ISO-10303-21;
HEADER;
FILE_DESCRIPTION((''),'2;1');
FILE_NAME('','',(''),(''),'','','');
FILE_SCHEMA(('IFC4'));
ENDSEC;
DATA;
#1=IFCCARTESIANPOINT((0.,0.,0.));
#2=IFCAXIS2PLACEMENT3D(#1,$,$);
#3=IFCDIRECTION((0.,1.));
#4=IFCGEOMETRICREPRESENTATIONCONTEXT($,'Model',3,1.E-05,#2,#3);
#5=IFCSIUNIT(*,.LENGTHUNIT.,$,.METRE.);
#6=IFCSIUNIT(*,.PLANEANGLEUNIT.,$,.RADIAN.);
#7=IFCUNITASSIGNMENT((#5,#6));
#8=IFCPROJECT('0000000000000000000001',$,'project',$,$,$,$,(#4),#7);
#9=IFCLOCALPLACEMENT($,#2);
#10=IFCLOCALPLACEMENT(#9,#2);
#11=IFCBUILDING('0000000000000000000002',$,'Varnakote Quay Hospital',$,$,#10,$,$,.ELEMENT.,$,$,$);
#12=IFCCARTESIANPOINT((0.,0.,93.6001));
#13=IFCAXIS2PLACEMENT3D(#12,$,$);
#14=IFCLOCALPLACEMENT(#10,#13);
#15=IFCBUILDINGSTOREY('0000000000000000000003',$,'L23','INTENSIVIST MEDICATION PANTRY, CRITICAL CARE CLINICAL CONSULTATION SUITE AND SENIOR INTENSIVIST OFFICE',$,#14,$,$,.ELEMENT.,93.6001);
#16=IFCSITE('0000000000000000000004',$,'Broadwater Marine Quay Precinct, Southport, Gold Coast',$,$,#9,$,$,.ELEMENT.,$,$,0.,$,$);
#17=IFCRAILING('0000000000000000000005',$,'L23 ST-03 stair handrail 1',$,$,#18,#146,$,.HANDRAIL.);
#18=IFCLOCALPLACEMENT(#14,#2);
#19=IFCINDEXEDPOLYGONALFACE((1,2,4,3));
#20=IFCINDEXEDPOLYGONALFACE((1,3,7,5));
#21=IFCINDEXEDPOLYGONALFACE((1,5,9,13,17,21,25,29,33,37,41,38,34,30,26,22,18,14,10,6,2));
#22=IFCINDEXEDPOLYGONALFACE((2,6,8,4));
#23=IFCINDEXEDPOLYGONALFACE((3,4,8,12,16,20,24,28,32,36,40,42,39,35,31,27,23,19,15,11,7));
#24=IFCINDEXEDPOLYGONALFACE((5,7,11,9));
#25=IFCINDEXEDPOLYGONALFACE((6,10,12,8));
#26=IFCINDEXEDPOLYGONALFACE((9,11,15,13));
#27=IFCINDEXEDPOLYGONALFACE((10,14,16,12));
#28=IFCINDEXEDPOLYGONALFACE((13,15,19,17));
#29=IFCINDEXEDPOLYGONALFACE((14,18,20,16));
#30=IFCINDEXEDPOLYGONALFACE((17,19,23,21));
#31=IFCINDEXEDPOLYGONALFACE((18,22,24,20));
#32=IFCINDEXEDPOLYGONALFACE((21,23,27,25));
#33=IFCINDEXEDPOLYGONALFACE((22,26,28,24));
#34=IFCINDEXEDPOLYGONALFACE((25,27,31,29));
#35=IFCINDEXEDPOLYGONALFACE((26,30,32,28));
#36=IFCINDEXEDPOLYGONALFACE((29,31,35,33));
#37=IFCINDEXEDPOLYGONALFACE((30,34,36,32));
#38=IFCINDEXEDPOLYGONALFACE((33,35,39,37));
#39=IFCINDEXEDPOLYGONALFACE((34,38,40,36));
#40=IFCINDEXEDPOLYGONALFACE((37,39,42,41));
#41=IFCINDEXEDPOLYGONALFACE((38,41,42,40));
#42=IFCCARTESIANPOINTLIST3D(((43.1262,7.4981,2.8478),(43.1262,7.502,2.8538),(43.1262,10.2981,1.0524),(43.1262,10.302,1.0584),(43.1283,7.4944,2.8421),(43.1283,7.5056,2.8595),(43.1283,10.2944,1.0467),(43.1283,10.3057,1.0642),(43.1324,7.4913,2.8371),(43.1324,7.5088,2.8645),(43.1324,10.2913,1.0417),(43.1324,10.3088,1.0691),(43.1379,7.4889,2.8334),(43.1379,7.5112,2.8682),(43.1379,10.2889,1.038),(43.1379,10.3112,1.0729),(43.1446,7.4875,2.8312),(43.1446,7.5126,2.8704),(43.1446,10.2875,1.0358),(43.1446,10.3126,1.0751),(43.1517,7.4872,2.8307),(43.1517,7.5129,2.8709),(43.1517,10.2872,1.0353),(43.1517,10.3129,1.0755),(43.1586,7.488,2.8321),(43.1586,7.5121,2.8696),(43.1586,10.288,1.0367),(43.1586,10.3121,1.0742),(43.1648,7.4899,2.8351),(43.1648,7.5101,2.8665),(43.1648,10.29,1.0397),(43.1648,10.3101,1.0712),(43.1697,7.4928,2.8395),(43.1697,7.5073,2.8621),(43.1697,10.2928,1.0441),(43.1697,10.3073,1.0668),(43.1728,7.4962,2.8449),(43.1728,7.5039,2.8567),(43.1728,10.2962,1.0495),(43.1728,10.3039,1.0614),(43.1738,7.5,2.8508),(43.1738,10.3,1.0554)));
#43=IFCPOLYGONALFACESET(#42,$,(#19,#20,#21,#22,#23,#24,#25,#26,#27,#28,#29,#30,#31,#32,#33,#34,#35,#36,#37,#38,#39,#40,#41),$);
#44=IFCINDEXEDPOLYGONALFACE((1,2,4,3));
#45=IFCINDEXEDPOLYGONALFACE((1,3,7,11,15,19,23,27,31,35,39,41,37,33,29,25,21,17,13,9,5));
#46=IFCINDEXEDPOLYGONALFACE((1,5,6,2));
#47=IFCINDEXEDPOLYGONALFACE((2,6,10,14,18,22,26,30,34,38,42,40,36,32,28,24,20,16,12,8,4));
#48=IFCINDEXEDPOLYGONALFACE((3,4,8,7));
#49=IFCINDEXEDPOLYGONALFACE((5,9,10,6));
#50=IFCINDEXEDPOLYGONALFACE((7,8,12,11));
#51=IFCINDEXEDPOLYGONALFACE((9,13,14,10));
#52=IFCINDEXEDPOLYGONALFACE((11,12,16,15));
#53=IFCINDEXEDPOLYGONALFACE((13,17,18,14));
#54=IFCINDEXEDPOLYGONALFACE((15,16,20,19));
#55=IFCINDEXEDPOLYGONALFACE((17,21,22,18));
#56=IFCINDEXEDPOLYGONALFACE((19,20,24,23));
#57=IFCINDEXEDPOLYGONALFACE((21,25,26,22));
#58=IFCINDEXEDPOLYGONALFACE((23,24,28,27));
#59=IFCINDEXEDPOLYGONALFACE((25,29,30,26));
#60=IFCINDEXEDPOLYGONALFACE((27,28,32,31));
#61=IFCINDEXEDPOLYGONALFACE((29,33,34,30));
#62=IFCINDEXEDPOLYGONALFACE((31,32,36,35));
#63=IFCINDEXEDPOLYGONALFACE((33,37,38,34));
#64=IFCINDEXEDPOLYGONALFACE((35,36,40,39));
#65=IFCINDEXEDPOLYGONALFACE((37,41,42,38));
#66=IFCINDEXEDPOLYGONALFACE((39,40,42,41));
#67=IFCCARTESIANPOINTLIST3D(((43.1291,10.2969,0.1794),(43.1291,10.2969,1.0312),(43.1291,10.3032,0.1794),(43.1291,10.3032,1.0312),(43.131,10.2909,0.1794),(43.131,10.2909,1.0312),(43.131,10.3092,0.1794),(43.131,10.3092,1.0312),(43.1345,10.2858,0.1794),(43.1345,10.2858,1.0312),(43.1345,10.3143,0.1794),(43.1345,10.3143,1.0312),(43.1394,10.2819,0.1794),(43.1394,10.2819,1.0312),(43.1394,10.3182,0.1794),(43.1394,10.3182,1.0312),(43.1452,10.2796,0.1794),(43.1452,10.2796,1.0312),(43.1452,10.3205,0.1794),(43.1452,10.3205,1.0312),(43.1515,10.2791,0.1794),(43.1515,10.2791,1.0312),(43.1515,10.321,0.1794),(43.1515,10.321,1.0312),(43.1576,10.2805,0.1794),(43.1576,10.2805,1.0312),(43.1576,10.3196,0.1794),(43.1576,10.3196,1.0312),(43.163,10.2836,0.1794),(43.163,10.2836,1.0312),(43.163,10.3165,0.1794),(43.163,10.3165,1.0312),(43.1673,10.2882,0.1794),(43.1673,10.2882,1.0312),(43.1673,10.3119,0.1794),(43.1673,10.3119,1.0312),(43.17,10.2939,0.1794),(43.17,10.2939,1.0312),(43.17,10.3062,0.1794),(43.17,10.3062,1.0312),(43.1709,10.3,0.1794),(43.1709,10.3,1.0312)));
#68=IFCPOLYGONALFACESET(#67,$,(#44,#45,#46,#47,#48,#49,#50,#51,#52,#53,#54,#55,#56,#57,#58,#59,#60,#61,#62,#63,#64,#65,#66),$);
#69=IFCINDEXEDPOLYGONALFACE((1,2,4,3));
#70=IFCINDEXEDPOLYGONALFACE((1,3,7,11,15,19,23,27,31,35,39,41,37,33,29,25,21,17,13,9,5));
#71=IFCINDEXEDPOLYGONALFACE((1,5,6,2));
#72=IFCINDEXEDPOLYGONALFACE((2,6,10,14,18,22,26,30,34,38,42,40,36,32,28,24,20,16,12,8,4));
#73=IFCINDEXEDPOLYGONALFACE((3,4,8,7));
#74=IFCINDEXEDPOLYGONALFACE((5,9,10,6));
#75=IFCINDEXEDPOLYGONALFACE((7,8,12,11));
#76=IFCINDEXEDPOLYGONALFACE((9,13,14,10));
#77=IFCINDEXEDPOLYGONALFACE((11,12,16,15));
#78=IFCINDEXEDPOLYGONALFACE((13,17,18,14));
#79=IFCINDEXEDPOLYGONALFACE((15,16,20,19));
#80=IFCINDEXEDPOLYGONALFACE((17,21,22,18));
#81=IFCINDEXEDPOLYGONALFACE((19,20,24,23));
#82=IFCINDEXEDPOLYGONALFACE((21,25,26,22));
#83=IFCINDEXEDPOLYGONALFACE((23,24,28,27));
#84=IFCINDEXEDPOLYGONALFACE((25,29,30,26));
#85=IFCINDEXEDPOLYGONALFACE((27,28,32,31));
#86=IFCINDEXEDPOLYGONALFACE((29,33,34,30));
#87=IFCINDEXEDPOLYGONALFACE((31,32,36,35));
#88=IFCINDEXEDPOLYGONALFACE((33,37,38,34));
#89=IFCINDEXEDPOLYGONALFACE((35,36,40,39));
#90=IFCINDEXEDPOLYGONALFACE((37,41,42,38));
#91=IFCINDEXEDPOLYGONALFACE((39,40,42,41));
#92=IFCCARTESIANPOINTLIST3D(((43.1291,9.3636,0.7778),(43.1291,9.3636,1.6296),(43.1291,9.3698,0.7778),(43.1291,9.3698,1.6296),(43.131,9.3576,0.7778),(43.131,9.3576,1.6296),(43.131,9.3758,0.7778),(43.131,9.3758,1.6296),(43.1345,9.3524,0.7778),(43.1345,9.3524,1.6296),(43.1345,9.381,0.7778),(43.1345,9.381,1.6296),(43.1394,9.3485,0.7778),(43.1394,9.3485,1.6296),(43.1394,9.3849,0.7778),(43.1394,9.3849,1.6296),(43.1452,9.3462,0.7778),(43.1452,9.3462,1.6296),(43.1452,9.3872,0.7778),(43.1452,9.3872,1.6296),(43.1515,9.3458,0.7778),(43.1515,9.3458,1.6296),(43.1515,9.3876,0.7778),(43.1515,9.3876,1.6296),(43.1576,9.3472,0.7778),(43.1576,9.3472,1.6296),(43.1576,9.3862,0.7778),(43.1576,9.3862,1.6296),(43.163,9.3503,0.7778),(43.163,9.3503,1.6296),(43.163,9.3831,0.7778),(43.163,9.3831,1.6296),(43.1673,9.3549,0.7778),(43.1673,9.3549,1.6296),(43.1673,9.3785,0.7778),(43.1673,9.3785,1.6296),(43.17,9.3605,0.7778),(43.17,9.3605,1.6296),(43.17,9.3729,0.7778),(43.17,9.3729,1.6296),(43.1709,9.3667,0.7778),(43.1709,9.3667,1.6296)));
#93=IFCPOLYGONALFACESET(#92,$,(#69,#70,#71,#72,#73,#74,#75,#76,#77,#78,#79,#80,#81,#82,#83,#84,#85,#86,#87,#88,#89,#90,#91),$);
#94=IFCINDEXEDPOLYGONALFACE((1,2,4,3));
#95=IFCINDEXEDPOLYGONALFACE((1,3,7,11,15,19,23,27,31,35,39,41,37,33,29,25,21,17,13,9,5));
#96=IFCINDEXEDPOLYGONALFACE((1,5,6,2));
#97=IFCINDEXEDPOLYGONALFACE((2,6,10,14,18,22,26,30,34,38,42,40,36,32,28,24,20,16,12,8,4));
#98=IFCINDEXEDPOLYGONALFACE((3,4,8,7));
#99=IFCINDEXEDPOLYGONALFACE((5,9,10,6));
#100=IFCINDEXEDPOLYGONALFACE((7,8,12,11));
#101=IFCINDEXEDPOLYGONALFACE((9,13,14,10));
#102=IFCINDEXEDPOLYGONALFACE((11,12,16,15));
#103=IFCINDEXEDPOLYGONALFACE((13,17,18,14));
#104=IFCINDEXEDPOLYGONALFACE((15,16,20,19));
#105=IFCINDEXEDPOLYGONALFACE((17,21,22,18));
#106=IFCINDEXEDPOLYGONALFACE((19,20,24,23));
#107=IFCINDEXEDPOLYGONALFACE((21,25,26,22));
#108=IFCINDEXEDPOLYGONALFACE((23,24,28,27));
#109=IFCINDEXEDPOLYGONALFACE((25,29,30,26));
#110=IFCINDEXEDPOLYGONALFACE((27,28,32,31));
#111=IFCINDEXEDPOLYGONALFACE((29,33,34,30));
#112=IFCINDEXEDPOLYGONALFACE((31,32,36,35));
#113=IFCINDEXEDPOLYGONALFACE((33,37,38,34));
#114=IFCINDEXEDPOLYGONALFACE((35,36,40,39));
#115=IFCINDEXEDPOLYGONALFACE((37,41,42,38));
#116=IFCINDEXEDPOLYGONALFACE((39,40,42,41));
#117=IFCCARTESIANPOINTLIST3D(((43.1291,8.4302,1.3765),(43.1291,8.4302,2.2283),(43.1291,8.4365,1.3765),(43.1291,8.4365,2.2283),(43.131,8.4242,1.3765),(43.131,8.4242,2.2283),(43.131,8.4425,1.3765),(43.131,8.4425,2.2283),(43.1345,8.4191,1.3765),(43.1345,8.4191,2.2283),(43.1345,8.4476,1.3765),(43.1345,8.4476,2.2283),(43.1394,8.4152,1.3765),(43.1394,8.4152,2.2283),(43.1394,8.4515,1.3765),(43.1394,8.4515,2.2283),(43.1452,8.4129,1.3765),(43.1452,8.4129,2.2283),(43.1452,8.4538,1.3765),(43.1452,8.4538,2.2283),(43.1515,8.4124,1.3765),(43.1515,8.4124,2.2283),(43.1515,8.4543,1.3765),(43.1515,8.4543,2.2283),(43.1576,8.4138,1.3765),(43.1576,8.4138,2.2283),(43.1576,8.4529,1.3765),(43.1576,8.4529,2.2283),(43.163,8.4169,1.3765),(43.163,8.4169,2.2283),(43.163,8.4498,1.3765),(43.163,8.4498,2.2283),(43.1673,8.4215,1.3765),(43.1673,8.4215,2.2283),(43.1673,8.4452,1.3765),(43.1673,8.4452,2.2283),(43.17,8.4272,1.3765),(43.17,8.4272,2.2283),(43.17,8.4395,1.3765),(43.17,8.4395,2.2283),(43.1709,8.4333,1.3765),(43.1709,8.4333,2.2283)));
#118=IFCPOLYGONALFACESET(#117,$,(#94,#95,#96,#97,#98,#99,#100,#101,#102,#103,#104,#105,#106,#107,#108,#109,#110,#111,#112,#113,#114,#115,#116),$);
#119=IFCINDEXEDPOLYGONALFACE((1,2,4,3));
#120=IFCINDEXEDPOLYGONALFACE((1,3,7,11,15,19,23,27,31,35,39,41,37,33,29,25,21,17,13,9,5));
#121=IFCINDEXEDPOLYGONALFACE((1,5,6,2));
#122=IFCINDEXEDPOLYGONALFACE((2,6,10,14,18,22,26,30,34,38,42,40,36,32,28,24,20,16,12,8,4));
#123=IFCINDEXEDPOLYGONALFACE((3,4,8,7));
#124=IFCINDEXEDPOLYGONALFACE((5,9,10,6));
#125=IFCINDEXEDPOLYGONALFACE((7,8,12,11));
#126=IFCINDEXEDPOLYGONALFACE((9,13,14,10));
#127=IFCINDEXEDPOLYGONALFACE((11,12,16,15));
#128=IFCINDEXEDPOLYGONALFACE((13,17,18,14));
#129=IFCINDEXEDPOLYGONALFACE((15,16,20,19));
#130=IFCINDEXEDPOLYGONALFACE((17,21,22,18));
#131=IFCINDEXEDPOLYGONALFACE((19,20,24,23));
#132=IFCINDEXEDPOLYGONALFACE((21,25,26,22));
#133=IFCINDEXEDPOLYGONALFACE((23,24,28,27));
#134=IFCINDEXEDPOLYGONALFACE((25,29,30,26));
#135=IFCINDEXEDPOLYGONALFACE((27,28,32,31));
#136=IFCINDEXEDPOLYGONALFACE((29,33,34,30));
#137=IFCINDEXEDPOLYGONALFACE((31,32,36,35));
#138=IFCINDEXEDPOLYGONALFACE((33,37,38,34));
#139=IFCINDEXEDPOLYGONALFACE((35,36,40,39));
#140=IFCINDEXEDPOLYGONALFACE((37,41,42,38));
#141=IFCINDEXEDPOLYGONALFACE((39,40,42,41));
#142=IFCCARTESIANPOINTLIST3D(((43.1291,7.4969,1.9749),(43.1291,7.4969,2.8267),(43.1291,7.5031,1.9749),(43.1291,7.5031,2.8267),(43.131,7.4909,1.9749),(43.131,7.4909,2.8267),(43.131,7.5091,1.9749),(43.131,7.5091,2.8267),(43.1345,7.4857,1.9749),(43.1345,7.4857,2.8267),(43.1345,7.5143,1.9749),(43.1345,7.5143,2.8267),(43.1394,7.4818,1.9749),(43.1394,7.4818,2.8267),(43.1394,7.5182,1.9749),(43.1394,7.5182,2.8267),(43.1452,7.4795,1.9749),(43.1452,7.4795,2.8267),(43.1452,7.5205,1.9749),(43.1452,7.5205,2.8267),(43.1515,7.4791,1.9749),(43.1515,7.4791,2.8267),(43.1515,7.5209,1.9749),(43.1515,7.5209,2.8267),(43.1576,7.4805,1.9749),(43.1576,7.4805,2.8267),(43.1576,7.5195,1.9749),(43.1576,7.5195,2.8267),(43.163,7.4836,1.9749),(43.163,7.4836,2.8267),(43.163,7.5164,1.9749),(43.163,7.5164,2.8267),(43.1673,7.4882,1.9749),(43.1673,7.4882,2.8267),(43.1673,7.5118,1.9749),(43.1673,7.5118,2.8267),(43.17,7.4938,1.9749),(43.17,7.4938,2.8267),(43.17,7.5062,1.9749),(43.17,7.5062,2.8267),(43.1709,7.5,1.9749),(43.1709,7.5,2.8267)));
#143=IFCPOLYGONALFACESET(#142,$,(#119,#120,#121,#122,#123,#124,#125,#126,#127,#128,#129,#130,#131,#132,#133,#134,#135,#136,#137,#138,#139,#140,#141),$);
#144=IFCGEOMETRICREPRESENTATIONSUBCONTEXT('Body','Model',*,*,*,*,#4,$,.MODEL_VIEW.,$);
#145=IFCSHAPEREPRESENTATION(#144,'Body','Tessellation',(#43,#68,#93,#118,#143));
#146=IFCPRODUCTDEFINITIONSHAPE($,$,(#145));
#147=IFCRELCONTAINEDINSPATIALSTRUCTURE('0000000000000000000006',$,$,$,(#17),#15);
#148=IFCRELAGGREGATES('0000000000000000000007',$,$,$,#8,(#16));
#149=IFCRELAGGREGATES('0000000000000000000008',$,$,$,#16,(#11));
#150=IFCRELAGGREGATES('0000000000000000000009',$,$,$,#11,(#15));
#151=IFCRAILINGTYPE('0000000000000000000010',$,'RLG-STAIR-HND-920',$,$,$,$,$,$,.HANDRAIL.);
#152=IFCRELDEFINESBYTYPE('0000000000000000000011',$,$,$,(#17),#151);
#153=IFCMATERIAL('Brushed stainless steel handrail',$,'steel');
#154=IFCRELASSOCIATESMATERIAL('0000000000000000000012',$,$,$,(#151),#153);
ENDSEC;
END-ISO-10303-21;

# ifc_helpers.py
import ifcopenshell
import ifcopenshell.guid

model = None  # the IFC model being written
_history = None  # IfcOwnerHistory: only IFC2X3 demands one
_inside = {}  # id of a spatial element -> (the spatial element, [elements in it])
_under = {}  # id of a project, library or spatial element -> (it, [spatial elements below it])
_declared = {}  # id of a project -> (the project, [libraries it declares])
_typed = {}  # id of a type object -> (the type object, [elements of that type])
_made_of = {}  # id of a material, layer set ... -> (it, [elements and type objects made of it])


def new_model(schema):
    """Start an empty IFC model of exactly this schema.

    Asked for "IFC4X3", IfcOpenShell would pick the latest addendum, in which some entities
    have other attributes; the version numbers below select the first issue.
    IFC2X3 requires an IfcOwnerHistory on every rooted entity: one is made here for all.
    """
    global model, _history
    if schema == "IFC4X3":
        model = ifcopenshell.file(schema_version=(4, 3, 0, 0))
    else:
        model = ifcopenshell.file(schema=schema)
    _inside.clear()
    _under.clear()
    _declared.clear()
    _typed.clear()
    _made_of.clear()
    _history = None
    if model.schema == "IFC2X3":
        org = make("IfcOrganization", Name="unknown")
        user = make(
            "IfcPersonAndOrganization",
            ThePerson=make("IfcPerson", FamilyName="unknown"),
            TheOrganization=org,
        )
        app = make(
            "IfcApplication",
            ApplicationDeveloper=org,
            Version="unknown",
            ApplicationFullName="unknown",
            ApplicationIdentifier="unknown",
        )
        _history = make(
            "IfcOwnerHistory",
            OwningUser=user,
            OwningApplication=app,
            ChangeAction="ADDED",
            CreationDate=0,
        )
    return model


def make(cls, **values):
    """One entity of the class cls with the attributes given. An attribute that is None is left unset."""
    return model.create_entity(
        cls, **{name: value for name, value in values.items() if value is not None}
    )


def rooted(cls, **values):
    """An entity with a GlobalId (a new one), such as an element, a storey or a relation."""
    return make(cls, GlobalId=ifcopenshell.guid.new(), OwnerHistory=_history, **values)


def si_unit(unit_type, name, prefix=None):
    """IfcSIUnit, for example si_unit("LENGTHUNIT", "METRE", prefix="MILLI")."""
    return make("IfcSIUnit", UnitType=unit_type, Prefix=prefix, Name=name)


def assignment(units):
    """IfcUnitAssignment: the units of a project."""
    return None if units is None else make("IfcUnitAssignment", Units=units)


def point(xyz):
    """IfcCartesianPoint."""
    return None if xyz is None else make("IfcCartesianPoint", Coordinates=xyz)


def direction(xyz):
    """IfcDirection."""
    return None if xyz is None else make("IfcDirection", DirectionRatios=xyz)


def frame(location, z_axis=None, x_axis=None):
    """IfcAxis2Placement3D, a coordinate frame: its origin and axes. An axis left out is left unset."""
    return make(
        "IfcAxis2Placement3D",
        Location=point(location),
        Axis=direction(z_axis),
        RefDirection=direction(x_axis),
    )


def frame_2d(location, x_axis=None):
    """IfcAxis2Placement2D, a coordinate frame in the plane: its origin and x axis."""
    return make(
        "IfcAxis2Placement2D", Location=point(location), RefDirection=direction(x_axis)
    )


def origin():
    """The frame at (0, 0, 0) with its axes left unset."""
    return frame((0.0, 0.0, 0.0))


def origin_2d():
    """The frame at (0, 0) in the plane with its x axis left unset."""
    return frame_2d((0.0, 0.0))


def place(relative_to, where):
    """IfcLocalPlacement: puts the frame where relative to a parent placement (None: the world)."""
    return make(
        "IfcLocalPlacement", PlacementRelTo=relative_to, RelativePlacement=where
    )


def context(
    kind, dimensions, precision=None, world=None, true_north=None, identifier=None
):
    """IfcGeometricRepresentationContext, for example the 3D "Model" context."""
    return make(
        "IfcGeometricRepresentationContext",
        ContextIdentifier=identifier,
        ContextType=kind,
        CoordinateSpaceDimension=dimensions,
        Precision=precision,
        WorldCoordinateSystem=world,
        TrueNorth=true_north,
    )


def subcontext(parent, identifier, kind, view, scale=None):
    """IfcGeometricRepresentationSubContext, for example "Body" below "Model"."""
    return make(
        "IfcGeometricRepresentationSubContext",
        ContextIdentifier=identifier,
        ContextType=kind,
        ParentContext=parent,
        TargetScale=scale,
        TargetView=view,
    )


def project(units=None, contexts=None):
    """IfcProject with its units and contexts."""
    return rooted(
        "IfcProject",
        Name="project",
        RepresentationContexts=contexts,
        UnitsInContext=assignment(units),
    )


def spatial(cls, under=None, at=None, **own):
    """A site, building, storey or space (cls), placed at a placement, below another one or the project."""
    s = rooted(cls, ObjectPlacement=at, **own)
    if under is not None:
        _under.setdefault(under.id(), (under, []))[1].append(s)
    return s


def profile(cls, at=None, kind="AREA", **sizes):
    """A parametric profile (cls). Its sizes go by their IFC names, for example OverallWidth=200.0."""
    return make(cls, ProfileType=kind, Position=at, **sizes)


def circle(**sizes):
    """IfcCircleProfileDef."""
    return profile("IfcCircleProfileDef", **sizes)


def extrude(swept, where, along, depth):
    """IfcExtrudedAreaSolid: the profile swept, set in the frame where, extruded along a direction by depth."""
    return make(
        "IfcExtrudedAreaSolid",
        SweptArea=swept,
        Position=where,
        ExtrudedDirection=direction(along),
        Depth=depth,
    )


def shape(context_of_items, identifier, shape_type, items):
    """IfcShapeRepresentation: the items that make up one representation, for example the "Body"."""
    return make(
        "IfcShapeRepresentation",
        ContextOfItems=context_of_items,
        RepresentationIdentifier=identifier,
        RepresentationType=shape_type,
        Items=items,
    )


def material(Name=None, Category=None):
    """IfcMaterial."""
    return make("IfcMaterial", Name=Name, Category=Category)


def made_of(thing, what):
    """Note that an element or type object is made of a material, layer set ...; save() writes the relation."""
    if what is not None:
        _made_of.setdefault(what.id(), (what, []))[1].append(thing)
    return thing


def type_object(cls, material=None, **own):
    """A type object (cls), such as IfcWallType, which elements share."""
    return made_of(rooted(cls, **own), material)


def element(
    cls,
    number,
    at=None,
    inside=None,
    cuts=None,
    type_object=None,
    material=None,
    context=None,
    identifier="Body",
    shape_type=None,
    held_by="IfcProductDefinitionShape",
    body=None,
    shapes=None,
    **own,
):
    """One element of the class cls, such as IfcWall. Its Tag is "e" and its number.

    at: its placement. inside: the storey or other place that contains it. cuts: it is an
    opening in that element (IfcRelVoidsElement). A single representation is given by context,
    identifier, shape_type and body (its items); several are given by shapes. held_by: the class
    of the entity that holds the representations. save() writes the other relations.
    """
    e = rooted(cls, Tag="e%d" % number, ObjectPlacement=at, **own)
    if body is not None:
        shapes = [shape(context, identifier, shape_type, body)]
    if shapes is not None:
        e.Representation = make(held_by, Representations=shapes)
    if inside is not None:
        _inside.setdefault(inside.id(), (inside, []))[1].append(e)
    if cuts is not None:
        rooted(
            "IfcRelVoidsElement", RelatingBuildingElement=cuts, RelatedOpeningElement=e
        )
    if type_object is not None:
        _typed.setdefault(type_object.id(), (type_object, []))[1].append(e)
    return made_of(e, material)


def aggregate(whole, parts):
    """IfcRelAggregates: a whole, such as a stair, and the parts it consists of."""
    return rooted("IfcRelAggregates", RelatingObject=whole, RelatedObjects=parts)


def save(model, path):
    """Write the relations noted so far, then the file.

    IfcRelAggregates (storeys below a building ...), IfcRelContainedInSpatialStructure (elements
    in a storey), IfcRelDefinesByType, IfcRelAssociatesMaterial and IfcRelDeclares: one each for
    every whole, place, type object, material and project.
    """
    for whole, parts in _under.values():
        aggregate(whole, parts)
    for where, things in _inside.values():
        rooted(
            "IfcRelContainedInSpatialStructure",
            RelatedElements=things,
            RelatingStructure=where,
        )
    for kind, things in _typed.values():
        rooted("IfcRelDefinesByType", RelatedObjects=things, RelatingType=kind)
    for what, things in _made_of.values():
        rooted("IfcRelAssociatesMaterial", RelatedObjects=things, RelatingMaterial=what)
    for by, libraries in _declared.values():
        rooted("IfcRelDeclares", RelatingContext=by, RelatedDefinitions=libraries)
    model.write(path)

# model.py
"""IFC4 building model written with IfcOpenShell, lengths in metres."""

from ifc_helpers import new_model, si_unit, direction, frame, origin, origin_2d, place, context, subcontext, project, spatial, circle, extrude, material, type_object, element, save


model = new_model("IFC4")

# Units and contexts
model_context = context("Model", 3, precision=1e-05, world=origin(), true_north=direction((0.0, 1.0)))
body_context = subcontext(model_context, "Body", "Model", "MODEL_VIEW")
ifc_project = project(units=[si_unit("LENGTHUNIT", "METRE"), si_unit("PLANEANGLEUNIT", "RADIAN")], contexts=[model_context])

# Site, building, storey
site_placement = place(None, origin())
site = spatial("IfcSite", under=ifc_project, at=site_placement, Name="Broadwater Marine Quay Precinct, Southport, Gold Coast", CompositionType="ELEMENT", RefElevation=0.0)
building_placement = place(site_placement, origin())
building = spatial("IfcBuilding", under=site, at=building_placement, Name="Varnakote Quay Hospital", CompositionType="ELEMENT")
storey_placement = place(building_placement, frame((0.0, 0.0, 93.6001)))
storey = spatial("IfcBuildingStorey", under=building, at=storey_placement, Name="L23", Description="INTENSIVIST MEDICATION PANTRY, CRITICAL CARE CLINICAL CONSULTATION SUITE AND SENIOR INTENSIVIST OFFICE", CompositionType="ELEMENT", Elevation=93.6001)

# Railing
ifc_material_1 = material(Name="Brushed stainless steel handrail", Category="steel")
railing_type_1 = type_object("IfcRailingType", Name="RLG-STAIR-HND-920", PredefinedType="HANDRAIL", material=ifc_material_1)
railing_1_placement = place(storey_placement, frame((43.1499, 10.3, 0.1794)))
element("IfcRailing", 1, at=railing_1_placement, inside=storey, type_object=railing_type_1, Name="L23 ST-03 stair handrail 1", PredefinedType="HANDRAIL", context=body_context, shape_type="SweptSolid", body=[
    extrude(circle(Radius=0.0239, at=origin_2d()), frame((0.0, 0.0, 0.876), z_axis=(0.0, -0.84181, 0.539774), x_axis=(1.0, 0.0, 0.0)), (0.0, 0.0, 1.0), 3.3262),
    extrude(circle(Radius=0.021, at=origin_2d()), origin(), (0.0, 0.0, 1.0), 0.8518),
    extrude(circle(Radius=0.021, at=origin_2d()), frame((0.0, -0.9333, 0.5984)), (0.0, 0.0, 1.0), 0.8518),
    extrude(circle(Radius=0.021, at=origin_2d()), frame((0.0, -1.8667, 1.197)), (0.0, 0.0, 1.0), 0.8518),
    extrude(circle(Radius=0.021, at=origin_2d()), frame((0.0, -2.8, 1.7954)), (0.0, 0.0, 1.0), 0.8518),
])

save(model, "model.ifc")
